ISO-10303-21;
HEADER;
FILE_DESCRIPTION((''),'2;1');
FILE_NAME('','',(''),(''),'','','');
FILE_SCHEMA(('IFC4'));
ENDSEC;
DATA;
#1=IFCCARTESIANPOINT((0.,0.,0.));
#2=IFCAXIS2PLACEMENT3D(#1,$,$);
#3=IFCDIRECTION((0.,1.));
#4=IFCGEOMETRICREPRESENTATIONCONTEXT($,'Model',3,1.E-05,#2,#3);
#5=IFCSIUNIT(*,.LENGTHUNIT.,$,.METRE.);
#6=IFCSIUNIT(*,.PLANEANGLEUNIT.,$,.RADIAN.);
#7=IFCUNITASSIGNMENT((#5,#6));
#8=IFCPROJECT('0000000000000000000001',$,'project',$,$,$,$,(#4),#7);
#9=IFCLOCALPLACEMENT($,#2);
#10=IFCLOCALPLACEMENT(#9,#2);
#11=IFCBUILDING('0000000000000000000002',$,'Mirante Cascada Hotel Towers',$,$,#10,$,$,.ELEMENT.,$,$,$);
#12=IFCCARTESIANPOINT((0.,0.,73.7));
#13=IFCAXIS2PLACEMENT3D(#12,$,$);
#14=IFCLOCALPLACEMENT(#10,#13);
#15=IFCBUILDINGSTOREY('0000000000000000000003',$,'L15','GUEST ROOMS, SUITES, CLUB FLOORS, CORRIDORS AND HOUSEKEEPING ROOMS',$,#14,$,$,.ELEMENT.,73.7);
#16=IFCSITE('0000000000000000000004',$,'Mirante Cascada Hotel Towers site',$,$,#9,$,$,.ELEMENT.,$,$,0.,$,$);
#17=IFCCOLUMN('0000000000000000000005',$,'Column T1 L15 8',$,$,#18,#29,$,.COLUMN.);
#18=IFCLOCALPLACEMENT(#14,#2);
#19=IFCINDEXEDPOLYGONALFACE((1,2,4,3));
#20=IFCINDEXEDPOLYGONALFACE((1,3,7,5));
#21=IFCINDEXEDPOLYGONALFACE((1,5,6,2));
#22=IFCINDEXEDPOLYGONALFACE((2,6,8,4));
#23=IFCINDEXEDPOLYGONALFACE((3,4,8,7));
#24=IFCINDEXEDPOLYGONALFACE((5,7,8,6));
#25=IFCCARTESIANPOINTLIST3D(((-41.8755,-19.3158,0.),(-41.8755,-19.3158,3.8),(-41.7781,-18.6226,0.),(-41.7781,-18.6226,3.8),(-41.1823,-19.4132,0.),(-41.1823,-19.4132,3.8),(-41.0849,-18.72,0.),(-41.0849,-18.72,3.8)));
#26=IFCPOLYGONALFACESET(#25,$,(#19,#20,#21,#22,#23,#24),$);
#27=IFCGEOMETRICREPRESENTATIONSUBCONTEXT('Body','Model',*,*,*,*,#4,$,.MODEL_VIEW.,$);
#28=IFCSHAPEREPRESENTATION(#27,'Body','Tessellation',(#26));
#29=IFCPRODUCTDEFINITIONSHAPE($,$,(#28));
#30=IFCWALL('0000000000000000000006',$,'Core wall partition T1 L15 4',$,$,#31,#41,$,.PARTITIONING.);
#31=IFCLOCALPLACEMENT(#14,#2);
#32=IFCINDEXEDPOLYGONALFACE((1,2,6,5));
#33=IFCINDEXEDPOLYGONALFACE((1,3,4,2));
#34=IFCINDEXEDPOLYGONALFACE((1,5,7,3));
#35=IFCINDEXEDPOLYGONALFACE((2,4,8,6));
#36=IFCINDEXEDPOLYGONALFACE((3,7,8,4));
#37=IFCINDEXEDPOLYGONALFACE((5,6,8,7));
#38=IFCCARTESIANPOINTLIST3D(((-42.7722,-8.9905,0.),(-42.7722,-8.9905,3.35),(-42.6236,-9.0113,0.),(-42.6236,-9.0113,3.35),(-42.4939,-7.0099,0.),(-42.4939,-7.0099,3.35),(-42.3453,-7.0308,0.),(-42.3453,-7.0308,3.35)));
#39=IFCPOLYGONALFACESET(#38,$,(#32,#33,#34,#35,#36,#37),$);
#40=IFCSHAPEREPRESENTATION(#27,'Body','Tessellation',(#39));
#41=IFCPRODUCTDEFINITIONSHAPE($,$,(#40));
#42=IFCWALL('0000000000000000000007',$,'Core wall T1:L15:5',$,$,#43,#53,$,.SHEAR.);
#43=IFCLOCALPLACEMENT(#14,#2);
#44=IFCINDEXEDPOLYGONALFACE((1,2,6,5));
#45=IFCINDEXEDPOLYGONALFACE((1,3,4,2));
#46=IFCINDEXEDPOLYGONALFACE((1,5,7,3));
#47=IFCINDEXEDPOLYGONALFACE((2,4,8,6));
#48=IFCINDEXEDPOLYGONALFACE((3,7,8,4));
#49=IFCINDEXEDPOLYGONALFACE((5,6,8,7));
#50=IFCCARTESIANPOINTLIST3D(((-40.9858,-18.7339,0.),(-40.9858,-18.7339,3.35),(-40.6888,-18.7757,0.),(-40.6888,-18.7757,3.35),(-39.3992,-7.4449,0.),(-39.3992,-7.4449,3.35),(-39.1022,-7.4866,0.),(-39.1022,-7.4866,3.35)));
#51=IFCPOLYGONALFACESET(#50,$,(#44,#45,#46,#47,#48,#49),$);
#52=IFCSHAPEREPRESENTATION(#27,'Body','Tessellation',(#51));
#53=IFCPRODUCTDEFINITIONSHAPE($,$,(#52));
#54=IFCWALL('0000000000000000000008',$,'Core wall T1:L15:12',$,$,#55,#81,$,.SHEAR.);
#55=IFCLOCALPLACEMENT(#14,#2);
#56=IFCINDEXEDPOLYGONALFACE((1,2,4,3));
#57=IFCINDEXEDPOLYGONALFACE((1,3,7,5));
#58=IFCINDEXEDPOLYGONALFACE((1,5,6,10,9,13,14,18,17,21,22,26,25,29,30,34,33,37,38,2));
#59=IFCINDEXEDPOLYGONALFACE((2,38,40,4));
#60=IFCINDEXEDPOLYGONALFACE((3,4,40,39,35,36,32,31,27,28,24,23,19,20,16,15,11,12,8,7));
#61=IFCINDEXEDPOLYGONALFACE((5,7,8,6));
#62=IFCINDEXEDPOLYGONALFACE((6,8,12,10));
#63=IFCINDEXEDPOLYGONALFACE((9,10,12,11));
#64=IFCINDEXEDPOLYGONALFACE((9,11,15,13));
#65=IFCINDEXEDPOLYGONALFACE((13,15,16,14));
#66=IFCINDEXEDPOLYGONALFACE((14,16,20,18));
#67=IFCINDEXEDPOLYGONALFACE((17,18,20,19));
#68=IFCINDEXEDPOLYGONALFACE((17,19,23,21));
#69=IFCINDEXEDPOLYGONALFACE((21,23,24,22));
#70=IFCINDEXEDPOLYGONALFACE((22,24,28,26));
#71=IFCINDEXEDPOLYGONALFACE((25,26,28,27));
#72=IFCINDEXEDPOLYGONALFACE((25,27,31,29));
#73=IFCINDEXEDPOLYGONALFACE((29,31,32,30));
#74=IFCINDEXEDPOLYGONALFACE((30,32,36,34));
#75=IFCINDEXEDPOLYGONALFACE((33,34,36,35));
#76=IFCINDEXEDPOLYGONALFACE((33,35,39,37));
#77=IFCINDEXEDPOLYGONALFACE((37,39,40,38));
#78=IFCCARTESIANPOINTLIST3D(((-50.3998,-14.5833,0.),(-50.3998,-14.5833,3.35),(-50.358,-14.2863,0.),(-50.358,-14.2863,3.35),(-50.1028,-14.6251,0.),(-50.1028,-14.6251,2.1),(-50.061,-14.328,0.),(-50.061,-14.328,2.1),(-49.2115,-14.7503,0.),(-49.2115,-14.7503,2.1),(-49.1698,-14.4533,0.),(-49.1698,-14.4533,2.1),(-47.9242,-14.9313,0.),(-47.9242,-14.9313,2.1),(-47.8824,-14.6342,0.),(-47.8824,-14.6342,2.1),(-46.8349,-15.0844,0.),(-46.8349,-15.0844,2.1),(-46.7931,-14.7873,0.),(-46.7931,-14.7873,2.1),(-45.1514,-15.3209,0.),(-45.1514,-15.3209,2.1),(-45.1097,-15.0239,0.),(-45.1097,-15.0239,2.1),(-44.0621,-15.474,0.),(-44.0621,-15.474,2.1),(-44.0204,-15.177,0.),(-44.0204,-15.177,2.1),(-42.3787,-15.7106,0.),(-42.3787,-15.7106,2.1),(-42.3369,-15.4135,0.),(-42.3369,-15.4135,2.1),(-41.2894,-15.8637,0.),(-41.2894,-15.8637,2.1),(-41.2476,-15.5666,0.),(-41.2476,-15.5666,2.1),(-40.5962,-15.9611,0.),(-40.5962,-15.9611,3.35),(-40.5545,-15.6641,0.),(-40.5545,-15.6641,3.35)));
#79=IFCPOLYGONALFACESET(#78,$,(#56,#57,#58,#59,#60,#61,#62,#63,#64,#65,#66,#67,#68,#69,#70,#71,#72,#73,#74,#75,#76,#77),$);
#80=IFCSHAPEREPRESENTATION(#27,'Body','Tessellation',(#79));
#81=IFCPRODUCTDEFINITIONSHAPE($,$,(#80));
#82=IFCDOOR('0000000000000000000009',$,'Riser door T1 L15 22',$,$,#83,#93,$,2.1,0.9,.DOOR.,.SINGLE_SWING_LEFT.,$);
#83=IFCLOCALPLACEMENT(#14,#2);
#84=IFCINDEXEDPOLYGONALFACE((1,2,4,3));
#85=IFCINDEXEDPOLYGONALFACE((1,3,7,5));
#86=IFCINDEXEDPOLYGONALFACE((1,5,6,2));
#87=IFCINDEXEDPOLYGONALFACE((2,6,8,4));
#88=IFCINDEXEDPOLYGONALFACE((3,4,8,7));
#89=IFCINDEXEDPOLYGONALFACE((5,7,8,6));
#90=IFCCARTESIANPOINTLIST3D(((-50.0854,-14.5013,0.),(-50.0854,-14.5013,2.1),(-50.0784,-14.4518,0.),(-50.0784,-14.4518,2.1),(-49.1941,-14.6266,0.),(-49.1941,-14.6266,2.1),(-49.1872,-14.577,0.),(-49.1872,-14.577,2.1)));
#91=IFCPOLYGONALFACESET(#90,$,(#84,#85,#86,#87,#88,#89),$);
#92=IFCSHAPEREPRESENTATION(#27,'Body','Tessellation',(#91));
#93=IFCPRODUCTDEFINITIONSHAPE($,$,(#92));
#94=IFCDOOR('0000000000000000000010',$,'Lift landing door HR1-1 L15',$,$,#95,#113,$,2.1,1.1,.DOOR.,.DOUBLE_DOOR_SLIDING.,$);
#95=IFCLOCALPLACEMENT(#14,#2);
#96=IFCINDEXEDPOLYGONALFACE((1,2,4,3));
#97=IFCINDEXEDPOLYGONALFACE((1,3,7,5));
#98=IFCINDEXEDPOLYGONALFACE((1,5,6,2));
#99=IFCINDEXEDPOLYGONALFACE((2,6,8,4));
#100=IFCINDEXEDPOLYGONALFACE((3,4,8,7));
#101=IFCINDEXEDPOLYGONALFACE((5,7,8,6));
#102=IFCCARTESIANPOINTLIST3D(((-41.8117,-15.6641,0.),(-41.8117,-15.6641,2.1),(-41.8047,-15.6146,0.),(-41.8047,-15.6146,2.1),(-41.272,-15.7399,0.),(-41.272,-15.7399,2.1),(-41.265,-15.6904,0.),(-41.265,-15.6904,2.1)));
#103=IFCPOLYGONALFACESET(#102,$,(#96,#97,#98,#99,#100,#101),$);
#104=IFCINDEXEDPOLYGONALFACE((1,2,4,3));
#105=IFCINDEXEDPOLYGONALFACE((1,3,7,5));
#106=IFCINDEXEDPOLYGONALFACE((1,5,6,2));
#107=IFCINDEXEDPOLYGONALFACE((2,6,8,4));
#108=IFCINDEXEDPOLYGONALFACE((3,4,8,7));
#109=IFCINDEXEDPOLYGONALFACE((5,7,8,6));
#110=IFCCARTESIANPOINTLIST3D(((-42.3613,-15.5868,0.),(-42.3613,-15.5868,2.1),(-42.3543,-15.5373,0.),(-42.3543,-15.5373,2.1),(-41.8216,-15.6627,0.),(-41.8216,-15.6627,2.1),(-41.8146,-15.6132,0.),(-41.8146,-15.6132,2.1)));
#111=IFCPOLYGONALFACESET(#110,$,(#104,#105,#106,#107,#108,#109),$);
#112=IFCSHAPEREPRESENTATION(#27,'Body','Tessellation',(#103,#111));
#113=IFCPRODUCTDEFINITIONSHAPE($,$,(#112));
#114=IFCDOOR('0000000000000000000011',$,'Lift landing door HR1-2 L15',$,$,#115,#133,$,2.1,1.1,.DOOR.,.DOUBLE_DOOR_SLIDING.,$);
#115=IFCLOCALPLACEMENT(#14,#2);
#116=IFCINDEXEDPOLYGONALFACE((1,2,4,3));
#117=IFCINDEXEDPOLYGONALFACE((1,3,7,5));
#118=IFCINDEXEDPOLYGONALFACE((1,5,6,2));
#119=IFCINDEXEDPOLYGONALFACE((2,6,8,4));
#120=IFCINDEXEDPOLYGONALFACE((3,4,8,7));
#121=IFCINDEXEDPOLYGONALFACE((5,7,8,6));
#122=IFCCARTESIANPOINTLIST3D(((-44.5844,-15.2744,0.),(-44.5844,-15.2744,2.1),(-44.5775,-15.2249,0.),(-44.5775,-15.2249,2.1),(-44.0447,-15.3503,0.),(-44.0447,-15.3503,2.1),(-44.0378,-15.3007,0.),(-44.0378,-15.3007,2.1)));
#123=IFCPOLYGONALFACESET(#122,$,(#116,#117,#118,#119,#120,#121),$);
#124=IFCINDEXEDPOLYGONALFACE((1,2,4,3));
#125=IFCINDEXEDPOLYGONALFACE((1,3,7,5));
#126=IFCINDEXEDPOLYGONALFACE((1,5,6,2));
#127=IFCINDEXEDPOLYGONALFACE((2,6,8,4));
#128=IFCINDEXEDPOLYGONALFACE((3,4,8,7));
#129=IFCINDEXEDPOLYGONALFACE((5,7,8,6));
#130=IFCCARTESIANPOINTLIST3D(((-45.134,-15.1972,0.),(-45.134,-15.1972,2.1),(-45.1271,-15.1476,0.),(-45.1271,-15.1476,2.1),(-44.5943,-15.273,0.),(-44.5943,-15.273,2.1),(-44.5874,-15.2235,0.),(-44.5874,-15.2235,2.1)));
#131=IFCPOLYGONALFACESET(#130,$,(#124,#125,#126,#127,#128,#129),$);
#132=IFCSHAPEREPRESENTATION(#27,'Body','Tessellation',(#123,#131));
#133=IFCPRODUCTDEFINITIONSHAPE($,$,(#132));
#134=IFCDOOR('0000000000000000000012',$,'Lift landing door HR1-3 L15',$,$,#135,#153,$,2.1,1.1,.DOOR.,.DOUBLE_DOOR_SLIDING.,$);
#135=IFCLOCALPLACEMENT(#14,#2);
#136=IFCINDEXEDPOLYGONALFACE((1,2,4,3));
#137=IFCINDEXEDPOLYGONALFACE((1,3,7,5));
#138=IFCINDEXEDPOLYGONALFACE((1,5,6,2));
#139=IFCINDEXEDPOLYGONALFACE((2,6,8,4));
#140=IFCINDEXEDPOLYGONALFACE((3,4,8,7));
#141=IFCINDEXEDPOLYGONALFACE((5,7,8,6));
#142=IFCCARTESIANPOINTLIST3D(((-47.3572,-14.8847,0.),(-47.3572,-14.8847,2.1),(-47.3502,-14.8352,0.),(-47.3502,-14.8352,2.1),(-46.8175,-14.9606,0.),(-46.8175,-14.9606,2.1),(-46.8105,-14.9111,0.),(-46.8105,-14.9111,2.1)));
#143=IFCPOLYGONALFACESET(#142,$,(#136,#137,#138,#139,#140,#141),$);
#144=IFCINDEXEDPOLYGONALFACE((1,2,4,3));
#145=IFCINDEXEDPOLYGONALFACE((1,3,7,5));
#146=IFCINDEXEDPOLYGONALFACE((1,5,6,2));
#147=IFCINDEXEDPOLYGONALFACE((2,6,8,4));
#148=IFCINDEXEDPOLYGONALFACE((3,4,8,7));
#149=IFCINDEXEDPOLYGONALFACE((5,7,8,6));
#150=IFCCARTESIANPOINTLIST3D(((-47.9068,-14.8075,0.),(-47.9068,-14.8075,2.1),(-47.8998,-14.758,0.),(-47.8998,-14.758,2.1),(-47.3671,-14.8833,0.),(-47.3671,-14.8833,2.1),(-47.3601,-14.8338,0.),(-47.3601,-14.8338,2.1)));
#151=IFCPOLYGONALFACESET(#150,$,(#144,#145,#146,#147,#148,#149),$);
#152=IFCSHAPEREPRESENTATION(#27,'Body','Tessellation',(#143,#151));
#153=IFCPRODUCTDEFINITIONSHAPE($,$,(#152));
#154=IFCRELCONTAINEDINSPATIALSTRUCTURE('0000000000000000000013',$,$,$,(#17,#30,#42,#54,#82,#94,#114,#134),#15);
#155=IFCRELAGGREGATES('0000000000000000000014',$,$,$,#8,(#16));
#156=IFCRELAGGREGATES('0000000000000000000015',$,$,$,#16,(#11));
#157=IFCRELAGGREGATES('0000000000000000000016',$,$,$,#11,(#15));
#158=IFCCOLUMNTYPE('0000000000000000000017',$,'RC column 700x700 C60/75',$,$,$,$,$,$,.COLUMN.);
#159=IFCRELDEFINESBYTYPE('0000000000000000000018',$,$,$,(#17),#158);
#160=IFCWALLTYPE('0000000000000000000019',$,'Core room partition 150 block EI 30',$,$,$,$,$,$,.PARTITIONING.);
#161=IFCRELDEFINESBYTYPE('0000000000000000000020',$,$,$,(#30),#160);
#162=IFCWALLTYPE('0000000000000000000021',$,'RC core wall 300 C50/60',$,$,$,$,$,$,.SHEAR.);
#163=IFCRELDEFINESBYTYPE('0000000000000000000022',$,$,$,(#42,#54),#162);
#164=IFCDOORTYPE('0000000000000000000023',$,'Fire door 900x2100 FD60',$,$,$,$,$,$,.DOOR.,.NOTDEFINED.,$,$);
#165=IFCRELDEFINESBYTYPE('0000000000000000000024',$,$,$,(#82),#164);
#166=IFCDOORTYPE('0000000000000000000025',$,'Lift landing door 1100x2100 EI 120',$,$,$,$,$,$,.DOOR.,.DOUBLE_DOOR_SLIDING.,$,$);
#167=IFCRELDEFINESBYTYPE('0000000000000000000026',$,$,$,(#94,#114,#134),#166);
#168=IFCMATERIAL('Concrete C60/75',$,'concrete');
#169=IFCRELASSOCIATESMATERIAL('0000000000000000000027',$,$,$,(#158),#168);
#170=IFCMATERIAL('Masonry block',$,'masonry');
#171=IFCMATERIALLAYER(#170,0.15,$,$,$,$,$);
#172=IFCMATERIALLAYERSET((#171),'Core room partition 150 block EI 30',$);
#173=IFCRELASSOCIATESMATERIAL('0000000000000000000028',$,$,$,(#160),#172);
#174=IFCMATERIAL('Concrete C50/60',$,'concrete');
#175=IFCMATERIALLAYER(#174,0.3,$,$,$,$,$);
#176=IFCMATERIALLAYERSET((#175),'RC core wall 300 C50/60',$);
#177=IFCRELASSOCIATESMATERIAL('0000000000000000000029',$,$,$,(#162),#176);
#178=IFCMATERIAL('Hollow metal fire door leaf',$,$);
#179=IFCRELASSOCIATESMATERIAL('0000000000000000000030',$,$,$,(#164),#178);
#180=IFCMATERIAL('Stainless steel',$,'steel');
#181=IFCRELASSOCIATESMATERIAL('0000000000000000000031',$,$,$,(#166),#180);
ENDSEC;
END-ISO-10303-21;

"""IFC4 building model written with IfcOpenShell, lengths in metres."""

from ifc_helpers import new_model, si_unit, direction, frame, frame_2d, origin, origin_2d, place, context, subcontext, project, spatial, rectangle, extrude, material, layer, layer_set, material_profile, profile_set, type_object, element, fill, save


model = new_model("IFC4")

# Units and contexts
model_context = context("Model", 3, precision=1e-05, world=origin(), true_north=direction((0.0, 1.0)))
body_context = subcontext(model_context, "Body", "Model", "MODEL_VIEW")
ifc_project = project(units=[si_unit("LENGTHUNIT", "METRE"), si_unit("PLANEANGLEUNIT", "RADIAN")], contexts=[model_context])

# Site, building, storey
site_placement = place(None, origin())
site = spatial("IfcSite", under=ifc_project, at=site_placement, Name="Mirante Cascada Hotel Towers site", CompositionType="ELEMENT", RefElevation=0.0)
building_placement = place(site_placement, origin())
building = spatial("IfcBuilding", under=site, at=building_placement, Name="Mirante Cascada Hotel Towers", CompositionType="ELEMENT")
storey_placement = place(building_placement, frame((0.0, 0.0, 73.7)))
storey = spatial("IfcBuildingStorey", under=building, at=storey_placement, Name="L15", Description="GUEST ROOMS, SUITES, CLUB FLOORS, CORRIDORS AND HOUSEKEEPING ROOMS", CompositionType="ELEMENT", Elevation=73.7)

# Column
ifc_material_1 = material(Name="Concrete C60/75", Category="concrete")
ifc_material_profile = material_profile(ifc_material_1, rectangle(XDim=0.7, YDim=0.7, at=origin_2d()), Name="RC column 700x700 C60/75")
ifc_profile_set = profile_set([ifc_material_profile], Name="Concrete C60/75")
column_type = type_object("IfcColumnType", Name="RC column 700x700 C60/75", PredefinedType="COLUMN", material=ifc_profile_set)
column_placement = place(storey_placement, frame((-41.4802, -19.0179, 0.0), z_axis=(0.0, 0.0, 1.0), x_axis=(-0.990268, 0.139173, 0.0)))
element("IfcColumn", 1, at=column_placement, inside=storey, type_object=column_type, Name="Column T1 L15 8", PredefinedType="COLUMN", context=body_context, shape_type="SweptSolid", body=[
    extrude(rectangle(XDim=0.7, YDim=0.7, at=origin_2d()), origin(), (0.0, 0.0, 1.0), 3.8),
])

# Walls
ifc_material_2 = material(Name="Masonry block", Category="masonry")
ifc_layer_1 = layer(ifc_material_2, 0.15)
ifc_layer_set_1 = layer_set([ifc_layer_1], Name="Core room partition 150 block EI 30")
wall_type_1 = type_object("IfcWallType", Name="Core room partition 150 block EI 30", PredefinedType="PARTITIONING", material=ifc_layer_set_1)
wall_1_placement = place(storey_placement, frame((-42.6979, -9.0009, 0.0), z_axis=(0.0, 0.0, 1.0), x_axis=(0.139153, 0.990271, 0.0)))
element("IfcWall", 2, at=wall_1_placement, inside=storey, type_object=wall_type_1, Name="Core wall partition T1 L15 4", PredefinedType="PARTITIONING", context=body_context, shape_type="SweptSolid", body=[
    extrude(rectangle(XDim=2.0, YDim=0.15, at=frame_2d((1.0, 0.0))), origin(), (0.0, 0.0, 1.0), 3.35),
])
ifc_material_3 = material(Name="Concrete C50/60", Category="concrete")
ifc_layer_2 = layer(ifc_material_3, 0.3)
ifc_layer_set_2 = layer_set([ifc_layer_2], Name="RC core wall 300 C50/60")
wall_type_2 = type_object("IfcWallType", Name="RC core wall 300 C50/60", PredefinedType="SHEAR", material=ifc_layer_set_2)
wall_2_placement = place(storey_placement, frame((-40.8373, -18.7548, 0.0), z_axis=(0.0, 0.0, 1.0), x_axis=(0.139175, 0.990268, 0.0)))
element("IfcWall", 3, at=wall_2_placement, inside=storey, type_object=wall_type_2, Name="Core wall T1:L15:5", PredefinedType="SHEAR", context=body_context, shape_type="SweptSolid", body=[
    extrude(rectangle(XDim=11.4, YDim=0.3, at=frame_2d((5.7, 0.0))), origin(), (0.0, 0.0, 1.0), 3.35),
])

# Wall, openings, doors
wall_3_placement = place(storey_placement, frame((-40.5753, -15.8126, 0.0), z_axis=(0.0, 0.0, 1.0), x_axis=(-0.990268, 0.139173, 0.0)))
wall_3 = element("IfcWall", 4, at=wall_3_placement, inside=storey, type_object=wall_type_2, Name="Core wall T1:L15:12", PredefinedType="SHEAR", context=body_context, shape_type="SweptSolid", body=[
    extrude(rectangle(XDim=9.8999, YDim=0.3, at=frame_2d((4.95, 0.0))), origin(), (0.0, 0.0, 1.0), 3.35),
])
opening_1_placement = place(wall_3_placement, frame((0.7, 0.0, 0.0)))
opening_1 = element("IfcOpeningElement", 5, at=opening_1_placement, cuts=wall_3, PredefinedType="OPENING", context=body_context, shape_type="SweptSolid", body=[
    extrude(rectangle(XDim=1.1, YDim=2.1, at=frame_2d((0.55, 1.05))), frame((0.0, 0.15, 0.0), z_axis=(0.0, -1.0, 0.0), x_axis=(1.0, 0.0, 0.0)), (0.0, 0.0, 1.0), 0.3),
])
opening_2_placement = place(wall_3_placement, frame((3.5, 0.0, 0.0)))
opening_2 = element("IfcOpeningElement", 6, at=opening_2_placement, cuts=wall_3, PredefinedType="OPENING", context=body_context, shape_type="SweptSolid", body=[
    extrude(rectangle(XDim=1.1, YDim=2.1, at=frame_2d((0.55, 1.05))), frame((0.0, 0.15, 0.0), z_axis=(0.0, -1.0, 0.0), x_axis=(1.0, 0.0, 0.0)), (0.0, 0.0, 1.0), 0.3),
])
opening_3_placement = place(wall_3_placement, frame((6.3, 0.0, 0.0)))
opening_3 = element("IfcOpeningElement", 7, at=opening_3_placement, cuts=wall_3, PredefinedType="OPENING", context=body_context, shape_type="SweptSolid", body=[
    extrude(rectangle(XDim=1.1, YDim=2.1, at=frame_2d((0.55, 1.05))), frame((0.0, 0.15, 0.0), z_axis=(0.0, -1.0, 0.0), x_axis=(1.0, 0.0, 0.0)), (0.0, 0.0, 1.0), 0.3),
])
opening_4_placement = place(wall_3_placement, frame((8.7, 0.0, 0.0)))
opening_4 = element("IfcOpeningElement", 8, at=opening_4_placement, cuts=wall_3, PredefinedType="OPENING", context=body_context, shape_type="SweptSolid", body=[
    extrude(rectangle(XDim=0.9, YDim=2.1, at=frame_2d((0.45, 1.05))), frame((0.0, 0.15, 0.0), z_axis=(0.0, -1.0, 0.0), x_axis=(1.0, 0.0, 0.0)), (0.0, 0.0, 1.0), 0.3),
])
ifc_material_4 = material(Name="Hollow metal fire door leaf")
door_type_1 = type_object("IfcDoorType", Name="Fire door 900x2100 FD60", OperationType="NOTDEFINED", PredefinedType="DOOR", material=ifc_material_4)
door_1_placement = place(opening_4_placement, origin())
door_1 = element("IfcDoor", 9, at=door_1_placement, inside=storey, type_object=door_type_1, Name="Riser door T1 L15 22", OperationType="SINGLE_SWING_LEFT", OverallHeight=2.1, OverallWidth=0.9, PredefinedType="DOOR", context=body_context, shape_type="SweptSolid", body=[
    extrude(rectangle(XDim=0.9, YDim=2.1, at=frame_2d((0.45, 1.05))), frame((0.0, 0.025, 0.0), z_axis=(0.0, -1.0, 0.0), x_axis=(1.0, 0.0, 0.0)), (0.0, 0.0, 1.0), 0.05),
])
fill(opening_4, door_1)
ifc_material_5 = material(Name="Stainless steel", Category="steel")
door_type_2 = type_object("IfcDoorType", Name="Lift landing door 1100x2100 EI 120", OperationType="DOUBLE_DOOR_SLIDING", PredefinedType="DOOR", material=ifc_material_5)
door_2_placement = place(opening_1_placement, origin())
door_2 = element("IfcDoor", 10, at=door_2_placement, inside=storey, type_object=door_type_2, Name="Lift landing door HR1-1 L15", OperationType="DOUBLE_DOOR_SLIDING", OverallHeight=2.1, OverallWidth=1.1, PredefinedType="DOOR", context=body_context, shape_type="SweptSolid", body=[
    extrude(rectangle(XDim=0.545, YDim=2.1, at=frame_2d((0.2725, 1.05))), frame((0.0, 0.025, 0.0), z_axis=(0.0, -1.0, 0.0), x_axis=(1.0, 0.0, 0.0)), (0.0, 0.0, 1.0), 0.05),
    extrude(rectangle(XDim=0.545, YDim=2.1, at=frame_2d((0.8275, 1.05))), frame((0.0, 0.025, 0.0), z_axis=(0.0, -1.0, 0.0), x_axis=(1.0, 0.0, 0.0)), (0.0, 0.0, 1.0), 0.05),
])
fill(opening_1, door_2)
door_3_placement = place(opening_2_placement, origin())
door_3 = element("IfcDoor", 11, at=door_3_placement, inside=storey, type_object=door_type_2, Name="Lift landing door HR1-2 L15", OperationType="DOUBLE_DOOR_SLIDING", OverallHeight=2.1, OverallWidth=1.1, PredefinedType="DOOR", context=body_context, shape_type="SweptSolid", body=[
    extrude(rectangle(XDim=0.545, YDim=2.1, at=frame_2d((0.2725, 1.05))), frame((0.0, 0.025, 0.0), z_axis=(0.0, -1.0, 0.0), x_axis=(1.0, 0.0, 0.0)), (0.0, 0.0, 1.0), 0.05),
    extrude(rectangle(XDim=0.545, YDim=2.1, at=frame_2d((0.8275, 1.05))), frame((0.0, 0.025, 0.0), z_axis=(0.0, -1.0, 0.0), x_axis=(1.0, 0.0, 0.0)), (0.0, 0.0, 1.0), 0.05),
])
fill(opening_2, door_3)
door_4_placement = place(opening_3_placement, origin())
door_4 = element("IfcDoor", 12, at=door_4_placement, inside=storey, type_object=door_type_2, Name="Lift landing door HR1-3 L15", OperationType="DOUBLE_DOOR_SLIDING", OverallHeight=2.1, OverallWidth=1.1, PredefinedType="DOOR", context=body_context, shape_type="SweptSolid", body=[
    extrude(rectangle(XDim=0.545, YDim=2.1, at=frame_2d((0.2725, 1.05))), frame((0.0, 0.025, 0.0), z_axis=(0.0, -1.0, 0.0), x_axis=(1.0, 0.0, 0.0)), (0.0, 0.0, 1.0), 0.05),
    extrude(rectangle(XDim=0.545, YDim=2.1, at=frame_2d((0.8275, 1.05))), frame((0.0, 0.025, 0.0), z_axis=(0.0, -1.0, 0.0), x_axis=(1.0, 0.0, 0.0)), (0.0, 0.0, 1.0), 0.05),
])
fill(opening_3, door_4)

save(model, "model.ifc")
